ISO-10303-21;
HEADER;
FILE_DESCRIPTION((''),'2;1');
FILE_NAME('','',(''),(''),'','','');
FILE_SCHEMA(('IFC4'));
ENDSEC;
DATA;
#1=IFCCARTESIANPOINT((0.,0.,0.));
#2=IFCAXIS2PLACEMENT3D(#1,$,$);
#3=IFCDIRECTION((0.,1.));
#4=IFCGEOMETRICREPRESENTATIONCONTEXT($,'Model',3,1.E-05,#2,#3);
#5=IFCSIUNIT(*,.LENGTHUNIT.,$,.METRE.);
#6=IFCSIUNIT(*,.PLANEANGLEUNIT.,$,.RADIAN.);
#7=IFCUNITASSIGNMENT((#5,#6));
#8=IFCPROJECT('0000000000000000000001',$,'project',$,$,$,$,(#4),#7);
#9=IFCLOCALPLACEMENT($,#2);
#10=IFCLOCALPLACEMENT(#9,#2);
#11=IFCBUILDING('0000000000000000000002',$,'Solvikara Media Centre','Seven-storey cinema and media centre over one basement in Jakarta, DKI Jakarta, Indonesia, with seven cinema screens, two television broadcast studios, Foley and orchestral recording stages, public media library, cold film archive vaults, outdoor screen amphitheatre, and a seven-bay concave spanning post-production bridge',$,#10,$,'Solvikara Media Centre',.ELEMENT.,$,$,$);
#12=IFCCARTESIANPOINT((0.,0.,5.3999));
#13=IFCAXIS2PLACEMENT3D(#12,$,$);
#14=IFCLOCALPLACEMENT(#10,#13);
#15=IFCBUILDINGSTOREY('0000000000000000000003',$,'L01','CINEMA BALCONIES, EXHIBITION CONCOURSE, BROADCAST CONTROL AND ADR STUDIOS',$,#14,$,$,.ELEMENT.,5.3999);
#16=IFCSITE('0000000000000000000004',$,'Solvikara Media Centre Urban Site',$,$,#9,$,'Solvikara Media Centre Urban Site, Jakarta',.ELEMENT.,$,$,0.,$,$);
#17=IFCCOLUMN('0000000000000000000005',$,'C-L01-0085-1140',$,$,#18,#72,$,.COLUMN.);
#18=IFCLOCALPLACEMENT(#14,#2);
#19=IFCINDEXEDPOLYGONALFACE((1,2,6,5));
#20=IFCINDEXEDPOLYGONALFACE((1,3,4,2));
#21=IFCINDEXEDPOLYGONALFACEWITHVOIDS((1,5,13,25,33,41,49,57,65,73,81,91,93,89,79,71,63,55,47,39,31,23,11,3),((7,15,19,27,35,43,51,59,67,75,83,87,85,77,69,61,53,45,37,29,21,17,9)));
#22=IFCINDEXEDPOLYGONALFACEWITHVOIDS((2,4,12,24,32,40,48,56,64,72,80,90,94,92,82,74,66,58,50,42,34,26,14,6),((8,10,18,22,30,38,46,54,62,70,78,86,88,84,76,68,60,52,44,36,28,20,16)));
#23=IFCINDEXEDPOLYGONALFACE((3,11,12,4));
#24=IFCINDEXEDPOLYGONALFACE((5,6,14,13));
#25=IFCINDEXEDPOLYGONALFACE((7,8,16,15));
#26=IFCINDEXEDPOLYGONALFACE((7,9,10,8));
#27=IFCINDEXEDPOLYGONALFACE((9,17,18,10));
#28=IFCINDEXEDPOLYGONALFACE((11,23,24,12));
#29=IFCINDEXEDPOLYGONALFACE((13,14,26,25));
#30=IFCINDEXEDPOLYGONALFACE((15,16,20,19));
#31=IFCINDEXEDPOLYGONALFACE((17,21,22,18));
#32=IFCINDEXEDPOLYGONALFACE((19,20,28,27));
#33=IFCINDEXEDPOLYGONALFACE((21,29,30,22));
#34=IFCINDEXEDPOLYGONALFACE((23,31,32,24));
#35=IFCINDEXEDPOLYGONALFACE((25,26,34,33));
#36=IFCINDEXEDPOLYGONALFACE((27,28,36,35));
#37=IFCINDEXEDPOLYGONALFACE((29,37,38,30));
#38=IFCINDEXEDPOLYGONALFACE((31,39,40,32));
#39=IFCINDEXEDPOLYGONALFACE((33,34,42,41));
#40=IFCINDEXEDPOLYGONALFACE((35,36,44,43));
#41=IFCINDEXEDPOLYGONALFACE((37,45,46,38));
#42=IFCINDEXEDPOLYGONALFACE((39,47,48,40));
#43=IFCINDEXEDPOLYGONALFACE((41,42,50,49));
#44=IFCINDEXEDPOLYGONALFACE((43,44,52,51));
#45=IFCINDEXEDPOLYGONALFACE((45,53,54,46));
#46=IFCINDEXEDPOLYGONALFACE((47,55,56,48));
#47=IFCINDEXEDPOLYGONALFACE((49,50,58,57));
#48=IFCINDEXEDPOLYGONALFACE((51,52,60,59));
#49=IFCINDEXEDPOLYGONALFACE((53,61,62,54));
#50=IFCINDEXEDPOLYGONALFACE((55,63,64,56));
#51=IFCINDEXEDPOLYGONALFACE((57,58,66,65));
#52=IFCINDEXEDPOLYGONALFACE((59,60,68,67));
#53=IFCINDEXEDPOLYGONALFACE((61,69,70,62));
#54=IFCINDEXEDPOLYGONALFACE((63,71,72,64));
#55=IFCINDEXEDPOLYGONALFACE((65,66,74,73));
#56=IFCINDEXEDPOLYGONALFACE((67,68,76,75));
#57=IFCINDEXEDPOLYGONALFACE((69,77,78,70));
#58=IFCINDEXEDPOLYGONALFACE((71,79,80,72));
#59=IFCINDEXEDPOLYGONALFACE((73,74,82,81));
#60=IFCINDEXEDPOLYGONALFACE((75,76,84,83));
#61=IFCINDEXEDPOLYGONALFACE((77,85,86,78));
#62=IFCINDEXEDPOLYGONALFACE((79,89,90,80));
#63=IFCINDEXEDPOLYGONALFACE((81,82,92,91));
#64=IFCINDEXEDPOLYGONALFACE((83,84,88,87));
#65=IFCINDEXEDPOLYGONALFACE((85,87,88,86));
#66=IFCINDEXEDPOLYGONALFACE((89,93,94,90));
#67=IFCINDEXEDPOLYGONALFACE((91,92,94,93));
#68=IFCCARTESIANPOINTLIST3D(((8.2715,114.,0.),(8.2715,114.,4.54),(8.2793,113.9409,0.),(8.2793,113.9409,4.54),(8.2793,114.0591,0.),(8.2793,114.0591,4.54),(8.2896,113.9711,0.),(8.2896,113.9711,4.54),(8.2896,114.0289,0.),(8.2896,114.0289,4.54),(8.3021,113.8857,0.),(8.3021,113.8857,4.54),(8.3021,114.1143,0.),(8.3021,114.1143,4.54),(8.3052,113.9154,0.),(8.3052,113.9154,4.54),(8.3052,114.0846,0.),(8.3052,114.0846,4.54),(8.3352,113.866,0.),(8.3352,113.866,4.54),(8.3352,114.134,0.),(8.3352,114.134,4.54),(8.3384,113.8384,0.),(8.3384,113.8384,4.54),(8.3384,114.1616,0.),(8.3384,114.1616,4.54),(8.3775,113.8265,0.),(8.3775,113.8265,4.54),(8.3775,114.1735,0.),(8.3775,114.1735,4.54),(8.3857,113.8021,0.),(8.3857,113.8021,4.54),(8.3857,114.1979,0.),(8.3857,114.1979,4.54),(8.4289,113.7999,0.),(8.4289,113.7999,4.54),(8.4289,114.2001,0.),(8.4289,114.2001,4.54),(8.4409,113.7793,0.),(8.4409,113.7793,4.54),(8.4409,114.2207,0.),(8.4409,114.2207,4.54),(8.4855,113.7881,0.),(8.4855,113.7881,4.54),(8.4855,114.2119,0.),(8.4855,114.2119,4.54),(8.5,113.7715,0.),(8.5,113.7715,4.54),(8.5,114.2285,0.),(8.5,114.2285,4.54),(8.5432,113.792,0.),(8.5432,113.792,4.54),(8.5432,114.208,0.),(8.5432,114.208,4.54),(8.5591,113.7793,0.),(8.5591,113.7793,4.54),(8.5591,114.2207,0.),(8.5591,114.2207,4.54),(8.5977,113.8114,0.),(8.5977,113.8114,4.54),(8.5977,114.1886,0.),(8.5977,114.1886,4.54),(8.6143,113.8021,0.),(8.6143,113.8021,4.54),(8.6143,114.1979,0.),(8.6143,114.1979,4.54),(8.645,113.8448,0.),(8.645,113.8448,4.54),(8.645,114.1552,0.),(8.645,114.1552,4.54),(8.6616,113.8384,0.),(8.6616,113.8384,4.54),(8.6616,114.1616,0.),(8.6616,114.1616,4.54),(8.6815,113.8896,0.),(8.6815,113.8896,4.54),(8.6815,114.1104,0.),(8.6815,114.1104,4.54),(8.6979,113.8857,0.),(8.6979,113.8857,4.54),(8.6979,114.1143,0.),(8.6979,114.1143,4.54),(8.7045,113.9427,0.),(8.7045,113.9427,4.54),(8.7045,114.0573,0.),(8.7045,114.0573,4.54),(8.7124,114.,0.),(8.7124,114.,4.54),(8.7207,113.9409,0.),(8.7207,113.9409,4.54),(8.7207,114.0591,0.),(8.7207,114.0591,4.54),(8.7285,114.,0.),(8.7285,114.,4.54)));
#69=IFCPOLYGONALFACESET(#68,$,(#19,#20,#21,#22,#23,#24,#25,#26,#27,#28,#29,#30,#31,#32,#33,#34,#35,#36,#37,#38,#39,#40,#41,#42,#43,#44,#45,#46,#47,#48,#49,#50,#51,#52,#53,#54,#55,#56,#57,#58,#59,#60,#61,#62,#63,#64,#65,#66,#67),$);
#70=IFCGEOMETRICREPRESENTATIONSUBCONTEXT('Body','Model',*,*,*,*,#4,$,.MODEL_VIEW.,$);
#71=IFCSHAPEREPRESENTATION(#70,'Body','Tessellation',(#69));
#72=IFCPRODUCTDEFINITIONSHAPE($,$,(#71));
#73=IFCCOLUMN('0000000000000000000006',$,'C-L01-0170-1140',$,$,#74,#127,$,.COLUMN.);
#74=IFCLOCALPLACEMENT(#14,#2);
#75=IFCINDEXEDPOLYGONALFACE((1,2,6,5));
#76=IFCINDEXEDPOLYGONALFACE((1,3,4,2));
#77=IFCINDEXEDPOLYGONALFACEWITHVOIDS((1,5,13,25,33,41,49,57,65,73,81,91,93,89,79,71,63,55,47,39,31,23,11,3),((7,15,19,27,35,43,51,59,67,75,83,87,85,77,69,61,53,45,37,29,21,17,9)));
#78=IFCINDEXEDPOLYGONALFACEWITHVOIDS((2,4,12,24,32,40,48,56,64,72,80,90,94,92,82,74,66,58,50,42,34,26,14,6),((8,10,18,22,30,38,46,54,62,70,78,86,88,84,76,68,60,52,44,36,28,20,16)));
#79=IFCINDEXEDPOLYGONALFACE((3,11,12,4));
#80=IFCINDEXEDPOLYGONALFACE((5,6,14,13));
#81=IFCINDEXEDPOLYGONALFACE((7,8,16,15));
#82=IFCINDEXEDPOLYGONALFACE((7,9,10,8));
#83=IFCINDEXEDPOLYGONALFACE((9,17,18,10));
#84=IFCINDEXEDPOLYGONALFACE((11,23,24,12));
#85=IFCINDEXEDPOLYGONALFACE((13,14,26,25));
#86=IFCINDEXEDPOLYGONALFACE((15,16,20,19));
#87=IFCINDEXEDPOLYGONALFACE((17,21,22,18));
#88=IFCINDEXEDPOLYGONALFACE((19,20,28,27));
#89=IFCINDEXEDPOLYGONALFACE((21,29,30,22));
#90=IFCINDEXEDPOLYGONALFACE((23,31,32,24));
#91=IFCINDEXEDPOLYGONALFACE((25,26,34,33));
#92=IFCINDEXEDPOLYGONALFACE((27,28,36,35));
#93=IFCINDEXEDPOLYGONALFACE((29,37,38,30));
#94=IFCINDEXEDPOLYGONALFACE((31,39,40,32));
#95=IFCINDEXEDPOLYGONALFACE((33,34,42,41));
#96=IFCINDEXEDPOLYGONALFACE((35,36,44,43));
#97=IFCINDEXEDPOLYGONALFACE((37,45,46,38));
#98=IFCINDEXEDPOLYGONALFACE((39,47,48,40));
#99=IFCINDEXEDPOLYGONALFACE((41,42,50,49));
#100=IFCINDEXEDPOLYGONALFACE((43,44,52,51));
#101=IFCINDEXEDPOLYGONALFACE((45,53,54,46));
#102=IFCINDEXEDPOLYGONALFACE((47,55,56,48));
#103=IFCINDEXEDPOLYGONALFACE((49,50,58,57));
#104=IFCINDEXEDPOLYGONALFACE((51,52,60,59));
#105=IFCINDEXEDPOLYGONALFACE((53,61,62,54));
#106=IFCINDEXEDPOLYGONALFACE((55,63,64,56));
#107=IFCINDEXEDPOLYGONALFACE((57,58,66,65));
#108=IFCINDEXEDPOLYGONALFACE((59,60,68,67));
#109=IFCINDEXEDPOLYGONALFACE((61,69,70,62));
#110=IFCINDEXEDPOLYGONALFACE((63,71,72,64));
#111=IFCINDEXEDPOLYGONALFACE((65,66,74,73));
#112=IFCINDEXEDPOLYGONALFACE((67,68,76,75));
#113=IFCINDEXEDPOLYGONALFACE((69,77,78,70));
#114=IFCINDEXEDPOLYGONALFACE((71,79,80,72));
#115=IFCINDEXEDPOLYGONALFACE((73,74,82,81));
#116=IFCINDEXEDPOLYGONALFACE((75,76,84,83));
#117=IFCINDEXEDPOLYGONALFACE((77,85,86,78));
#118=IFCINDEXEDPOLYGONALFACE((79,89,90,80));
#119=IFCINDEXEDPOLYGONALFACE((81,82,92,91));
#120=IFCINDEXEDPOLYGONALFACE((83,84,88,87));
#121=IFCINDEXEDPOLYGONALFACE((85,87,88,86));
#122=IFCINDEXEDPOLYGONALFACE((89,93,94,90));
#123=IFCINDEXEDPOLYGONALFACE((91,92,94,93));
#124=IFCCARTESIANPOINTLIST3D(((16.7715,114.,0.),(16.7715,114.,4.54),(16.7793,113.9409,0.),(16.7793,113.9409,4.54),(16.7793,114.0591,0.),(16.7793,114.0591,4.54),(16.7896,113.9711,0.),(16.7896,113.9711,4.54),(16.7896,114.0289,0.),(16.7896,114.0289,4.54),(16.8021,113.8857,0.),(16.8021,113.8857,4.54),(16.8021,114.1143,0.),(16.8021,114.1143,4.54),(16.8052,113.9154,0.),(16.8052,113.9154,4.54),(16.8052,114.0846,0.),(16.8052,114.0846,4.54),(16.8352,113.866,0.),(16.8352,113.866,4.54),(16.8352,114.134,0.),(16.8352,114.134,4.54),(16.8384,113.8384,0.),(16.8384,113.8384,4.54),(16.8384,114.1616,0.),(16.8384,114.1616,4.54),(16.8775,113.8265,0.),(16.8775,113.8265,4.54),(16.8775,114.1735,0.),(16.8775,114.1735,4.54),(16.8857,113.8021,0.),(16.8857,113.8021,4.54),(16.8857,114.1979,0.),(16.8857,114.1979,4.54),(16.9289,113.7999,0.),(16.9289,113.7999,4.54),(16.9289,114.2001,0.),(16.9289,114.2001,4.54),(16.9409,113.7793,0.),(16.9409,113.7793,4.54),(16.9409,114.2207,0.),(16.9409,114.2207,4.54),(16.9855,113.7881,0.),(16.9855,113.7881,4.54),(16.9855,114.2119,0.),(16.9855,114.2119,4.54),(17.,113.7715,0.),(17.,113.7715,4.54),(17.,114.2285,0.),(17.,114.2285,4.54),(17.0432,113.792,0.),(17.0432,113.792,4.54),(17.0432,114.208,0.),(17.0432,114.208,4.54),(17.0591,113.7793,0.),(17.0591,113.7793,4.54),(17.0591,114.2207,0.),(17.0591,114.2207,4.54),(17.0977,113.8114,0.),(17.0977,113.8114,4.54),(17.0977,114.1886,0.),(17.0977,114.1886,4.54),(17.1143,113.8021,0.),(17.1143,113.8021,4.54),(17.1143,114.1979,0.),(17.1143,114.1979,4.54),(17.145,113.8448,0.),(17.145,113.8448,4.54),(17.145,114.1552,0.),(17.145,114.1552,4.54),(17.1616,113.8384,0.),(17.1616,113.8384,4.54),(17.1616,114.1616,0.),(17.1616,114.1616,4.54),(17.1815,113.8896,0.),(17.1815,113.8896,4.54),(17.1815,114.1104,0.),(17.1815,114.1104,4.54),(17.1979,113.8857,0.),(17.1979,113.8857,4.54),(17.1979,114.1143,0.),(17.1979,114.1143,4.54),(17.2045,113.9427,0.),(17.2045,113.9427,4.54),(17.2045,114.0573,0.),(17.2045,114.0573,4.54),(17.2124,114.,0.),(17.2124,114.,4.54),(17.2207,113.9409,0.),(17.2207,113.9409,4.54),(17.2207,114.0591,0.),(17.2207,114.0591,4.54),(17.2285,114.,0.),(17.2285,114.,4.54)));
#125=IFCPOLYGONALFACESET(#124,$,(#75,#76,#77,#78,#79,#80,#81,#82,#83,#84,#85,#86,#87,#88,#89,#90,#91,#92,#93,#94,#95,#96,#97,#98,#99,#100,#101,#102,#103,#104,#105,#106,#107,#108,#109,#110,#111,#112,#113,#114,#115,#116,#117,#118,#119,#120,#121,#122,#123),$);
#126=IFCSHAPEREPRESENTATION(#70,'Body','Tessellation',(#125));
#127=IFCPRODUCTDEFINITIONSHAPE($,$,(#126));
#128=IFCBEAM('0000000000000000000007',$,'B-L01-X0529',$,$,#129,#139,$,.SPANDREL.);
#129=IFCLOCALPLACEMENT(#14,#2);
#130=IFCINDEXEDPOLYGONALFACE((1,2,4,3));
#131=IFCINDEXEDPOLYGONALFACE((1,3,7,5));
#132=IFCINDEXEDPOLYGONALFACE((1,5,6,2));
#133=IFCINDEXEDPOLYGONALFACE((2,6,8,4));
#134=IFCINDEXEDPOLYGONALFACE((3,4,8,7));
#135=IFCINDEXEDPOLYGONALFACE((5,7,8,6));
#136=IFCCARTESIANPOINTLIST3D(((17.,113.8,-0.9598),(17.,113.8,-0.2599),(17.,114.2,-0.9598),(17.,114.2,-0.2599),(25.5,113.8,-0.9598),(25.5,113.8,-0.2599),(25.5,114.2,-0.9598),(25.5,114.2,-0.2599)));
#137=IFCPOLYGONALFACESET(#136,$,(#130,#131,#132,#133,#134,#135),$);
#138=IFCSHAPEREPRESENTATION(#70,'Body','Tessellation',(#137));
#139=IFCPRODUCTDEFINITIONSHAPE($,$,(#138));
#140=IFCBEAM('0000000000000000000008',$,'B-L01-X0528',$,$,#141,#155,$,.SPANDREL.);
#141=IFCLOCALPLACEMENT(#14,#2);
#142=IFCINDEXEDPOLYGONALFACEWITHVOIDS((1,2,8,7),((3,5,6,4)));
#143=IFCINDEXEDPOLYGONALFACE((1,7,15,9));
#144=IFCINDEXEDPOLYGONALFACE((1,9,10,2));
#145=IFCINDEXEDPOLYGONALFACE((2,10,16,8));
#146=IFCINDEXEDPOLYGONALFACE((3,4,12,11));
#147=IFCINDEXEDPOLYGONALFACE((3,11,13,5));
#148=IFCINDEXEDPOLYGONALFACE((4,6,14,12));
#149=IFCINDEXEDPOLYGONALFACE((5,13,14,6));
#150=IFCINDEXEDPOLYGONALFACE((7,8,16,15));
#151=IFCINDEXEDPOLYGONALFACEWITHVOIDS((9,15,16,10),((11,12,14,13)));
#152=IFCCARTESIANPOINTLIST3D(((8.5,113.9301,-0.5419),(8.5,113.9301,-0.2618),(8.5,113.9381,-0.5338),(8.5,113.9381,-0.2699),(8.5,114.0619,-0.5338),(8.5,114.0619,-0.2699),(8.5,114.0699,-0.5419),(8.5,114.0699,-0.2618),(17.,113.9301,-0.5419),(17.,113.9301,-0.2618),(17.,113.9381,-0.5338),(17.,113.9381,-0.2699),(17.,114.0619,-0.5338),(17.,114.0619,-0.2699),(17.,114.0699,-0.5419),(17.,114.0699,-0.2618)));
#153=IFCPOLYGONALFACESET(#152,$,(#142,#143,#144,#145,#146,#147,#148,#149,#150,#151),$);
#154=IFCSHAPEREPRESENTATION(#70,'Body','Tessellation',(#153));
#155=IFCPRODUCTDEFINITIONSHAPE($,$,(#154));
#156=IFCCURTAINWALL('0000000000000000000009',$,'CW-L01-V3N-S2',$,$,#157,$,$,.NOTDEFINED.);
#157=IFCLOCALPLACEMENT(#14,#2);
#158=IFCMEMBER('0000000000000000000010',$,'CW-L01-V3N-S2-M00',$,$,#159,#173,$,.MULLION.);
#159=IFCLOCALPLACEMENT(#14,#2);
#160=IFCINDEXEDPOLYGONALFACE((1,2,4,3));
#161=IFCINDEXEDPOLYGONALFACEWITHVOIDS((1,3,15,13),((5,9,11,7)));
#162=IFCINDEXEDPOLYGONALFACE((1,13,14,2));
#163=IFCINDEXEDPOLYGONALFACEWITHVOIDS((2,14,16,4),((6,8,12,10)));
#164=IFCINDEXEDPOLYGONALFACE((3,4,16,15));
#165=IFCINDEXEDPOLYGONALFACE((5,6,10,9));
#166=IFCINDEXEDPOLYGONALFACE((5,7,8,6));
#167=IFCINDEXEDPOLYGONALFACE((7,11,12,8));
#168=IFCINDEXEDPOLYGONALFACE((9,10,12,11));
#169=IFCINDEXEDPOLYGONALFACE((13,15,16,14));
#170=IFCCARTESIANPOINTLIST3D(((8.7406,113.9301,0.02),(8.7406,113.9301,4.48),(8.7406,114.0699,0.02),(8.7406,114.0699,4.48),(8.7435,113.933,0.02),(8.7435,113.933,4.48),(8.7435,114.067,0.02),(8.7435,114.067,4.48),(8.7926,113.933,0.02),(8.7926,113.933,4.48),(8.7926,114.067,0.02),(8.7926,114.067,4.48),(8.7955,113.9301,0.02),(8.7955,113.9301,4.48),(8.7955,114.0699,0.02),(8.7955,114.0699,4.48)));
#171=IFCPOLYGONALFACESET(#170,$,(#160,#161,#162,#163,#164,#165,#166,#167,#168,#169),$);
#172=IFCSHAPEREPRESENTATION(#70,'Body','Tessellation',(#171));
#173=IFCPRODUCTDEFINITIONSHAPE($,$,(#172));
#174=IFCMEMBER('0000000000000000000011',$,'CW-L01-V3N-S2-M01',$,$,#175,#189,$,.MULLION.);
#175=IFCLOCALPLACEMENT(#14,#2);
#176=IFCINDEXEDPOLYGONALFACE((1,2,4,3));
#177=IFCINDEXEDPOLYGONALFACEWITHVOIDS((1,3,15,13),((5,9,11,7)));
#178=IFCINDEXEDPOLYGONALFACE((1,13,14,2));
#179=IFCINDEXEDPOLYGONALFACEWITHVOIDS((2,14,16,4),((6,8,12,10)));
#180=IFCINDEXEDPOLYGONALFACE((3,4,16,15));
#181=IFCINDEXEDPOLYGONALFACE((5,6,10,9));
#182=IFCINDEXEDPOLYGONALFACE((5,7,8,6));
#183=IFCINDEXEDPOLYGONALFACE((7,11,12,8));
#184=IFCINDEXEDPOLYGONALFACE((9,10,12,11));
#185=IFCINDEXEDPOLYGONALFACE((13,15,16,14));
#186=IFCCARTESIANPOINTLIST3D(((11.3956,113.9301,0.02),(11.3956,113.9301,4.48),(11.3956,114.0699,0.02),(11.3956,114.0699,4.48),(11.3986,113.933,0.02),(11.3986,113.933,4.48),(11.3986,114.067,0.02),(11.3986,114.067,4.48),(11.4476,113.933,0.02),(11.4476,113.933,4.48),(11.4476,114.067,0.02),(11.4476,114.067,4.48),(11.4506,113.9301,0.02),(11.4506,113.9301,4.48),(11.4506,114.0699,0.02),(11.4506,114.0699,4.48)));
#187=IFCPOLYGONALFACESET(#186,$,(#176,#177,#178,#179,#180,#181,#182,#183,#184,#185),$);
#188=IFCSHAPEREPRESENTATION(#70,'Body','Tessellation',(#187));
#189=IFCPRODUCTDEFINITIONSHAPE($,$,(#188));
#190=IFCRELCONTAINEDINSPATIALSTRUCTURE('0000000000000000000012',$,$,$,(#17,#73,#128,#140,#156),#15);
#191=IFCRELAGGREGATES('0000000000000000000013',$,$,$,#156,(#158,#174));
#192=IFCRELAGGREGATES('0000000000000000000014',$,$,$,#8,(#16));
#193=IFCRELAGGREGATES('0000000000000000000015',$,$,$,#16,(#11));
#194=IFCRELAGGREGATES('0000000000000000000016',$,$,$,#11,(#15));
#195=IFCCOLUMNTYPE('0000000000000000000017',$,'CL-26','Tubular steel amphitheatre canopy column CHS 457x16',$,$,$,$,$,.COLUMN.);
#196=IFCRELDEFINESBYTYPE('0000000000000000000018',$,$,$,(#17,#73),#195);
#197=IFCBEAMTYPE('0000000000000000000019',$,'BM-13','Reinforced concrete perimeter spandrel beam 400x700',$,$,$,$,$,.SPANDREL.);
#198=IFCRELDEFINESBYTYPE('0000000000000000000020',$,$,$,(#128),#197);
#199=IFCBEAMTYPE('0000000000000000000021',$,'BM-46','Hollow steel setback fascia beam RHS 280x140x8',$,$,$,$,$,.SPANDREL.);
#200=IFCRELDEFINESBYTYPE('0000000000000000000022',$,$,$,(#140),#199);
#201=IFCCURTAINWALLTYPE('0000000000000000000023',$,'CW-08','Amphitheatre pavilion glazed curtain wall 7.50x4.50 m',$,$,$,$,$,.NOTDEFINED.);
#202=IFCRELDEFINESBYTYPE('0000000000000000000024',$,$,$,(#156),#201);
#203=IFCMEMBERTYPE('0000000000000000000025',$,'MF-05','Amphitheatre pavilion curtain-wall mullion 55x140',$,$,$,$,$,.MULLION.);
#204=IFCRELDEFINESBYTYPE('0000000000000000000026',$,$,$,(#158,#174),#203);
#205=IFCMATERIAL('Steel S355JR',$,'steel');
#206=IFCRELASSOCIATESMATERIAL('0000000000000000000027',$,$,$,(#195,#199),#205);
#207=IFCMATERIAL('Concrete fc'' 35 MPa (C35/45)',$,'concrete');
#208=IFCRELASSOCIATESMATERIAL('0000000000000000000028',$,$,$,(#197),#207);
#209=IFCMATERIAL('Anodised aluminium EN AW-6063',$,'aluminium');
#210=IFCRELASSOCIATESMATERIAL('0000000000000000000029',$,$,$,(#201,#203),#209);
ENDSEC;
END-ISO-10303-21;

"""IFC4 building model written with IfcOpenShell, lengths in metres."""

from ifc_helpers import new_model, si_unit, direction, frame, origin, origin_2d, place, context, subcontext, project, spatial, rectangle, hollow_rectangle, hollow_circle, extrude, material, material_profile, profile_set, type_object, element, aggregate, save


model = new_model("IFC4")

# Units and contexts
model_context = context("Model", 3, precision=1e-05, world=origin(), true_north=direction((0.0, 1.0)))
body_context = subcontext(model_context, "Body", "Model", "MODEL_VIEW")
ifc_project = project(units=[si_unit("LENGTHUNIT", "METRE"), si_unit("PLANEANGLEUNIT", "RADIAN")], contexts=[model_context])

# Site, building, storey
site_placement = place(None, origin())
site = spatial("IfcSite", under=ifc_project, at=site_placement, Name="Solvikara Media Centre Urban Site", LongName="Solvikara Media Centre Urban Site, Jakarta", CompositionType="ELEMENT", RefElevation=0.0)
building_placement = place(site_placement, origin())
building = spatial("IfcBuilding", under=site, at=building_placement, Name="Solvikara Media Centre", Description="Seven-storey cinema and media centre over one basement in Jakarta, DKI Jakarta, Indonesia, with seven cinema screens, two television broadcast studios, Foley and orchestral recording stages, public media library, cold film archive vaults, outdoor screen amphitheatre, and a seven-bay concave spanning post-production bridge", LongName="Solvikara Media Centre", CompositionType="ELEMENT")
storey_placement = place(building_placement, frame((0.0, 0.0, 5.3999)))
storey = spatial("IfcBuildingStorey", under=building, at=storey_placement, Name="L01", Description="CINEMA BALCONIES, EXHIBITION CONCOURSE, BROADCAST CONTROL AND ADR STUDIOS", CompositionType="ELEMENT", Elevation=5.3999)

# Columns
ifc_material_1 = material(Name="Steel S355JR", Category="steel")
ifc_material_profile_1 = material_profile(ifc_material_1, hollow_circle(Radius=0.2285, WallThickness=0.0161, at=origin_2d()), Name="CHS 457x16")
ifc_profile_set_1 = profile_set([ifc_material_profile_1], Name="Steel S355JR")
column_type = type_object("IfcColumnType", Name="CL-26", Description="Tubular steel amphitheatre canopy column CHS 457x16", PredefinedType="COLUMN", material=ifc_profile_set_1)
for number, where, z_axis, x_axis, name in (
    (1, (8.5, 114.0, 0.0), (0.0, 0.0, 1.0), (1.0, 0.0, 0.0), "C-L01-0085-1140"),
    (2, (17.0, 114.0, 0.0), (0.0, 0.0, 1.0), (1.0, 0.0, 0.0), "C-L01-0170-1140"),
):
    element("IfcColumn", number, at=place(storey_placement, frame(where, z_axis=z_axis, x_axis=x_axis)), inside=storey, type_object=column_type, Name=name, PredefinedType="COLUMN", context=body_context, shape_type="SweptSolid", body=[
        extrude(hollow_circle(Radius=0.2285, WallThickness=0.0161, at=origin_2d()), origin(), (0.0, 0.0, 1.0), 4.54),
    ])

# Beams
ifc_material_2 = material(Name="Concrete fc' 35 MPa (C35/45)", Category="concrete")
ifc_material_profile_2 = material_profile(ifc_material_2, rectangle(XDim=0.3999, YDim=0.7, at=origin_2d()), Name="RC 400x700")
ifc_profile_set_2 = profile_set([ifc_material_profile_2], Name="Concrete fc' 35 MPa (C35/45)")
beam_type_1 = type_object("IfcBeamType", Name="BM-13", Description="Reinforced concrete perimeter spandrel beam 400x700", PredefinedType="SPANDREL", material=ifc_profile_set_2)
beam_1_placement = place(storey_placement, frame((17.0, 114.0, -0.6099), z_axis=(1.0, 0.0, 0.0), x_axis=(0.0, 1.0, 0.0)))
element("IfcBeam", 3, at=beam_1_placement, inside=storey, type_object=beam_type_1, Name="B-L01-X0529", PredefinedType="SPANDREL", context=body_context, shape_type="SweptSolid", body=[
    extrude(rectangle(XDim=0.3999, YDim=0.7, at=origin_2d()), origin(), (0.0, 0.0, 1.0), 8.5),
])
ifc_material_profile_3 = material_profile(ifc_material_1, hollow_rectangle(XDim=0.1399, YDim=0.28, WallThickness=0.0081, at=origin_2d()), Name="RHS 280x140x8")
ifc_profile_set_3 = profile_set([ifc_material_profile_3], Name="Steel S355JR")
beam_type_2 = type_object("IfcBeamType", Name="BM-46", Description="Hollow steel setback fascia beam RHS 280x140x8", PredefinedType="SPANDREL", material=ifc_profile_set_3)
beam_2_placement = place(storey_placement, frame((8.5, 114.0, -0.4019), z_axis=(1.0, 0.0, 0.0), x_axis=(0.0, 1.0, 0.0)))
element("IfcBeam", 4, at=beam_2_placement, inside=storey, type_object=beam_type_2, Name="B-L01-X0528", PredefinedType="SPANDREL", context=body_context, shape_type="SweptSolid", body=[
    extrude(hollow_rectangle(XDim=0.1399, YDim=0.28, WallThickness=0.0081, at=origin_2d()), origin(), (0.0, 0.0, 1.0), 8.5),
])

# Curtain wall, members
ifc_material_3 = material(Name="Anodised aluminium EN AW-6063", Category="aluminium")
curtain_wall_type = type_object("IfcCurtainWallType", Name="CW-08", Description="Amphitheatre pavilion glazed curtain wall 7.50x4.50 m", PredefinedType="NOTDEFINED", material=ifc_material_3)
curtain_wall_placement = place(storey_placement, origin())
curtain_wall = element("IfcCurtainWall", 5, at=curtain_wall_placement, inside=storey, type_object=curtain_wall_type, Name="CW-L01-V3N-S2", PredefinedType="NOTDEFINED")
ifc_material_profile_4 = material_profile(ifc_material_3, hollow_rectangle(XDim=0.0549, YDim=0.1399, WallThickness=0.0029, at=origin_2d()), Name="ALU-M 55x140x3")
ifc_profile_set_4 = profile_set([ifc_material_profile_4], Name="Anodised aluminium EN AW-6063")
member_type_1 = type_object("IfcMemberType", Name="MF-05", Description="Amphitheatre pavilion curtain-wall mullion 55x140", PredefinedType="MULLION", material=ifc_profile_set_4)
member_1_placement = place(storey_placement, frame((8.7681, 114.0, 0.02), z_axis=(0.0, 0.0, 1.0), x_axis=(1.0, 0.0, 0.0)))
member_1 = element("IfcMember", 6, at=member_1_placement, type_object=member_type_1, Name="CW-L01-V3N-S2-M00", PredefinedType="MULLION", context=body_context, shape_type="SweptSolid", body=[
    extrude(hollow_rectangle(XDim=0.0549, YDim=0.1399, WallThickness=0.0029, at=origin_2d()), origin(), (0.0, 0.0, 1.0), 4.46),
])
member_2_placement = place(storey_placement, frame((11.4231, 114.0, 0.02), z_axis=(0.0, 0.0, 1.0), x_axis=(1.0, 0.0, 0.0)))
member_2 = element("IfcMember", 7, at=member_2_placement, type_object=member_type_1, Name="CW-L01-V3N-S2-M01", PredefinedType="MULLION", context=body_context, shape_type="SweptSolid", body=[
    extrude(hollow_rectangle(XDim=0.0549, YDim=0.1399, WallThickness=0.0029, at=origin_2d()), origin(), (0.0, 0.0, 1.0), 4.46),
])
aggregate(curtain_wall, [member_1, member_2])

save(model, "model.ifc")
